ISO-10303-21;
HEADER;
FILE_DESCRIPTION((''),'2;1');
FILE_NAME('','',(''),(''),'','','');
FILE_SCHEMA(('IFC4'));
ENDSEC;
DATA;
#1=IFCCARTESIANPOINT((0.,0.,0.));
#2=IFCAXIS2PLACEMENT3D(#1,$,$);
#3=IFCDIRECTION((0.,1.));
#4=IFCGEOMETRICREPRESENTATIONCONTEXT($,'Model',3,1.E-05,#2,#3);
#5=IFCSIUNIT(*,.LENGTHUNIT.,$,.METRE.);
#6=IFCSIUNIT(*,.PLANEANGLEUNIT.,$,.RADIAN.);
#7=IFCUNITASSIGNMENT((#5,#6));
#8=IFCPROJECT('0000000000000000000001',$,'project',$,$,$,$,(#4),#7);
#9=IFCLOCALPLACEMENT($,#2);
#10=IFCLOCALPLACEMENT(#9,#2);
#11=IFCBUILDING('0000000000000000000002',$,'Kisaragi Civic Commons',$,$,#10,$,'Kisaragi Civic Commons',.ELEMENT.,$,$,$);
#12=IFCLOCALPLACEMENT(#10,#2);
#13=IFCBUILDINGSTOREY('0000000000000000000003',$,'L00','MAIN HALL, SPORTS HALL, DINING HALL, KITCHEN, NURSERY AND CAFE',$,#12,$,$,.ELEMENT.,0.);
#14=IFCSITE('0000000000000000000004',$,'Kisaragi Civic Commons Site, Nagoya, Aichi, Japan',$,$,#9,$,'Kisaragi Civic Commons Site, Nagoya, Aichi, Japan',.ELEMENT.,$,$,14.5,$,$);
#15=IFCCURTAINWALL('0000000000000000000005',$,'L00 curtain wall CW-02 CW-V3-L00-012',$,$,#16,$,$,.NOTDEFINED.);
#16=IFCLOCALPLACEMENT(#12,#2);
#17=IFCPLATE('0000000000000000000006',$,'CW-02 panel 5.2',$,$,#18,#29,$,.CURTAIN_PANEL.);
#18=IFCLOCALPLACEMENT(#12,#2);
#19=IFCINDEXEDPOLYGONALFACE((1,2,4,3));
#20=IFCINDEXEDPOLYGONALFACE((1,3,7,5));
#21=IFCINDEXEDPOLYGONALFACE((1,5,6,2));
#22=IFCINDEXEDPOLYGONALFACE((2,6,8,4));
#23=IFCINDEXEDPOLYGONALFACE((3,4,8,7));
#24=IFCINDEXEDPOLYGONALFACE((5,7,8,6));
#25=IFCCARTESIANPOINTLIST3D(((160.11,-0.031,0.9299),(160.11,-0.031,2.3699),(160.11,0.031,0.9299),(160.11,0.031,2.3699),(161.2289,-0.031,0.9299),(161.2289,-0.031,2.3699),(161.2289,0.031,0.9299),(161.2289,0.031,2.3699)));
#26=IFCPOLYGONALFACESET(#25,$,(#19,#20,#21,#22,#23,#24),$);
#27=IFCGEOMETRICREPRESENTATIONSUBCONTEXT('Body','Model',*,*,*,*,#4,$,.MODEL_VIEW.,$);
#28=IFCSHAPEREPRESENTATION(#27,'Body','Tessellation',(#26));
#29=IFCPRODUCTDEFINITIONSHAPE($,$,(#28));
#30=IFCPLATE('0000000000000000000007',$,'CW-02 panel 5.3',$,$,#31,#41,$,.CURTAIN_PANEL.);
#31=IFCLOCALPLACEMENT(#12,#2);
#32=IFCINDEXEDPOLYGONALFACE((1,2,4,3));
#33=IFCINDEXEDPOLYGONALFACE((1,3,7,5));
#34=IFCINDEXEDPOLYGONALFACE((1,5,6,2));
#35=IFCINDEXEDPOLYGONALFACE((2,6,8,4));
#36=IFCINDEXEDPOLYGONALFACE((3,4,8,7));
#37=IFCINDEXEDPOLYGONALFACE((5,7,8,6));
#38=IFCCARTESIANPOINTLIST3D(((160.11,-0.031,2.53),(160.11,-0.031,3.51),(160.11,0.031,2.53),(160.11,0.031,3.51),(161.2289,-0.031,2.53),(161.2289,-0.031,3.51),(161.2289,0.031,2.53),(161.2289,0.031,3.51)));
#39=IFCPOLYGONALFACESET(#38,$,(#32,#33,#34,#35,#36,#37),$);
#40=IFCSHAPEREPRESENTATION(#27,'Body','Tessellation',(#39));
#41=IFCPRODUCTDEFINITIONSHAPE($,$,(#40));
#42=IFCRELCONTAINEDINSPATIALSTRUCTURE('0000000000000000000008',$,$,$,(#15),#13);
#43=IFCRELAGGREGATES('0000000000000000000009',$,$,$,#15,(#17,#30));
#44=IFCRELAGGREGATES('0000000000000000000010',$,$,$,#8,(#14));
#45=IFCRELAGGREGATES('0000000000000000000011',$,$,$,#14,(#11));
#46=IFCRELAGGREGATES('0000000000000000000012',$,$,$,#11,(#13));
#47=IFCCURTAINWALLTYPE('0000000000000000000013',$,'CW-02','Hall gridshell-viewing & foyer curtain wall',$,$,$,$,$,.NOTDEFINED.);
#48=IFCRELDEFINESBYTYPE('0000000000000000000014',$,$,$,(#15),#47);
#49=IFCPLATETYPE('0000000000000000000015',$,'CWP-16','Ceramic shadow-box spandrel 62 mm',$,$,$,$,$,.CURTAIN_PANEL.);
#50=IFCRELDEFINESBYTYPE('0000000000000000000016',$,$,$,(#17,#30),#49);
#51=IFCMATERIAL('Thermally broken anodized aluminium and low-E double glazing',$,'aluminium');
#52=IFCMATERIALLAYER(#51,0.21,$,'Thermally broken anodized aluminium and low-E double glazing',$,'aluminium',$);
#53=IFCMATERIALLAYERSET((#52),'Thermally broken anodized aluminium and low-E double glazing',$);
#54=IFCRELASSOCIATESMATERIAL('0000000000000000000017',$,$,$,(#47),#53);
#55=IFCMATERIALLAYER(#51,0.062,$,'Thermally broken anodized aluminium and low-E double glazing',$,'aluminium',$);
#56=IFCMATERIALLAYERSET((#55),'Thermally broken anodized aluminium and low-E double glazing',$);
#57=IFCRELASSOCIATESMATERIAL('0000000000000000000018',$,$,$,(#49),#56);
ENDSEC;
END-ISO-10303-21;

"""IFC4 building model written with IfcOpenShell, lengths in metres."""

from ifc_helpers import new_model, si_unit, direction, frame, origin, origin_2d, place, context, subcontext, project, spatial, rectangle, extrude, material, layer, layer_set, type_object, element, aggregate, save


model = new_model("IFC4")

# Units and contexts
model_context = context("Model", 3, precision=1e-05, world=origin(), true_north=direction((0.0, 1.0)))
body_context = subcontext(model_context, "Body", "Model", "MODEL_VIEW")
ifc_project = project(units=[si_unit("LENGTHUNIT", "METRE"), si_unit("PLANEANGLEUNIT", "RADIAN")], contexts=[model_context])

# Site, building, storey
site_placement = place(None, origin())
site = spatial("IfcSite", under=ifc_project, at=site_placement, Name="Kisaragi Civic Commons Site, Nagoya, Aichi, Japan", LongName="Kisaragi Civic Commons Site, Nagoya, Aichi, Japan", CompositionType="ELEMENT", RefElevation=14.5)
building_placement = place(site_placement, origin())
building = spatial("IfcBuilding", under=site, at=building_placement, Name="Kisaragi Civic Commons", LongName="Kisaragi Civic Commons", CompositionType="ELEMENT")
storey_placement = place(building_placement, origin())
storey = spatial("IfcBuildingStorey", under=building, at=storey_placement, Name="L00", Description="MAIN HALL, SPORTS HALL, DINING HALL, KITCHEN, NURSERY AND CAFE", CompositionType="ELEMENT", Elevation=0.0)

# Curtain wall, plates
ifc_material = material(Name="Thermally broken anodized aluminium and low-E double glazing", Category="aluminium")
ifc_layer_1 = layer(ifc_material, 0.21, Name="Thermally broken anodized aluminium and low-E double glazing", Category="aluminium")
ifc_layer_set_1 = layer_set([ifc_layer_1], Name="Thermally broken anodized aluminium and low-E double glazing")
curtain_wall_type = type_object("IfcCurtainWallType", Name="CW-02", Description="Hall gridshell-viewing & foyer curtain wall", PredefinedType="NOTDEFINED", material=ifc_layer_set_1)
curtain_wall_placement = place(storey_placement, origin())
curtain_wall = element("IfcCurtainWall", 1, at=curtain_wall_placement, inside=storey, type_object=curtain_wall_type, Name="L00 curtain wall CW-02 CW-V3-L00-012", PredefinedType="NOTDEFINED")
ifc_layer_2 = layer(ifc_material, 0.062, Name="Thermally broken anodized aluminium and low-E double glazing", Category="aluminium")
ifc_layer_set_2 = layer_set([ifc_layer_2], Name="Thermally broken anodized aluminium and low-E double glazing")
plate_type = type_object("IfcPlateType", Name="CWP-16", Description="Ceramic shadow-box spandrel 62 mm", PredefinedType="CURTAIN_PANEL", material=ifc_layer_set_2)
plate_1_placement = place(storey_placement, frame((160.6694, 0.0, 0.9299), z_axis=(0.0, 0.0, 1.0), x_axis=(-1.0, 0.0, 0.0)))
plate_1 = element("IfcPlate", 2, at=plate_1_placement, type_object=plate_type, Name="CW-02 panel 5.2", PredefinedType="CURTAIN_PANEL", context=body_context, shape_type="SweptSolid", body=[
    extrude(rectangle(XDim=1.1189, YDim=0.062, at=origin_2d()), origin(), (0.0, 0.0, 1.0), 1.4399),
])
plate_2_placement = place(storey_placement, frame((160.6694, 0.0, 2.53), z_axis=(0.0, 0.0, 1.0), x_axis=(-1.0, 0.0, 0.0)))
plate_2 = element("IfcPlate", 3, at=plate_2_placement, type_object=plate_type, Name="CW-02 panel 5.3", PredefinedType="CURTAIN_PANEL", context=body_context, shape_type="SweptSolid", body=[
    extrude(rectangle(XDim=1.1189, YDim=0.062, at=origin_2d()), origin(), (0.0, 0.0, 1.0), 0.98),
])
aggregate(curtain_wall, [plate_1, plate_2])

save(model, "model.ifc")
